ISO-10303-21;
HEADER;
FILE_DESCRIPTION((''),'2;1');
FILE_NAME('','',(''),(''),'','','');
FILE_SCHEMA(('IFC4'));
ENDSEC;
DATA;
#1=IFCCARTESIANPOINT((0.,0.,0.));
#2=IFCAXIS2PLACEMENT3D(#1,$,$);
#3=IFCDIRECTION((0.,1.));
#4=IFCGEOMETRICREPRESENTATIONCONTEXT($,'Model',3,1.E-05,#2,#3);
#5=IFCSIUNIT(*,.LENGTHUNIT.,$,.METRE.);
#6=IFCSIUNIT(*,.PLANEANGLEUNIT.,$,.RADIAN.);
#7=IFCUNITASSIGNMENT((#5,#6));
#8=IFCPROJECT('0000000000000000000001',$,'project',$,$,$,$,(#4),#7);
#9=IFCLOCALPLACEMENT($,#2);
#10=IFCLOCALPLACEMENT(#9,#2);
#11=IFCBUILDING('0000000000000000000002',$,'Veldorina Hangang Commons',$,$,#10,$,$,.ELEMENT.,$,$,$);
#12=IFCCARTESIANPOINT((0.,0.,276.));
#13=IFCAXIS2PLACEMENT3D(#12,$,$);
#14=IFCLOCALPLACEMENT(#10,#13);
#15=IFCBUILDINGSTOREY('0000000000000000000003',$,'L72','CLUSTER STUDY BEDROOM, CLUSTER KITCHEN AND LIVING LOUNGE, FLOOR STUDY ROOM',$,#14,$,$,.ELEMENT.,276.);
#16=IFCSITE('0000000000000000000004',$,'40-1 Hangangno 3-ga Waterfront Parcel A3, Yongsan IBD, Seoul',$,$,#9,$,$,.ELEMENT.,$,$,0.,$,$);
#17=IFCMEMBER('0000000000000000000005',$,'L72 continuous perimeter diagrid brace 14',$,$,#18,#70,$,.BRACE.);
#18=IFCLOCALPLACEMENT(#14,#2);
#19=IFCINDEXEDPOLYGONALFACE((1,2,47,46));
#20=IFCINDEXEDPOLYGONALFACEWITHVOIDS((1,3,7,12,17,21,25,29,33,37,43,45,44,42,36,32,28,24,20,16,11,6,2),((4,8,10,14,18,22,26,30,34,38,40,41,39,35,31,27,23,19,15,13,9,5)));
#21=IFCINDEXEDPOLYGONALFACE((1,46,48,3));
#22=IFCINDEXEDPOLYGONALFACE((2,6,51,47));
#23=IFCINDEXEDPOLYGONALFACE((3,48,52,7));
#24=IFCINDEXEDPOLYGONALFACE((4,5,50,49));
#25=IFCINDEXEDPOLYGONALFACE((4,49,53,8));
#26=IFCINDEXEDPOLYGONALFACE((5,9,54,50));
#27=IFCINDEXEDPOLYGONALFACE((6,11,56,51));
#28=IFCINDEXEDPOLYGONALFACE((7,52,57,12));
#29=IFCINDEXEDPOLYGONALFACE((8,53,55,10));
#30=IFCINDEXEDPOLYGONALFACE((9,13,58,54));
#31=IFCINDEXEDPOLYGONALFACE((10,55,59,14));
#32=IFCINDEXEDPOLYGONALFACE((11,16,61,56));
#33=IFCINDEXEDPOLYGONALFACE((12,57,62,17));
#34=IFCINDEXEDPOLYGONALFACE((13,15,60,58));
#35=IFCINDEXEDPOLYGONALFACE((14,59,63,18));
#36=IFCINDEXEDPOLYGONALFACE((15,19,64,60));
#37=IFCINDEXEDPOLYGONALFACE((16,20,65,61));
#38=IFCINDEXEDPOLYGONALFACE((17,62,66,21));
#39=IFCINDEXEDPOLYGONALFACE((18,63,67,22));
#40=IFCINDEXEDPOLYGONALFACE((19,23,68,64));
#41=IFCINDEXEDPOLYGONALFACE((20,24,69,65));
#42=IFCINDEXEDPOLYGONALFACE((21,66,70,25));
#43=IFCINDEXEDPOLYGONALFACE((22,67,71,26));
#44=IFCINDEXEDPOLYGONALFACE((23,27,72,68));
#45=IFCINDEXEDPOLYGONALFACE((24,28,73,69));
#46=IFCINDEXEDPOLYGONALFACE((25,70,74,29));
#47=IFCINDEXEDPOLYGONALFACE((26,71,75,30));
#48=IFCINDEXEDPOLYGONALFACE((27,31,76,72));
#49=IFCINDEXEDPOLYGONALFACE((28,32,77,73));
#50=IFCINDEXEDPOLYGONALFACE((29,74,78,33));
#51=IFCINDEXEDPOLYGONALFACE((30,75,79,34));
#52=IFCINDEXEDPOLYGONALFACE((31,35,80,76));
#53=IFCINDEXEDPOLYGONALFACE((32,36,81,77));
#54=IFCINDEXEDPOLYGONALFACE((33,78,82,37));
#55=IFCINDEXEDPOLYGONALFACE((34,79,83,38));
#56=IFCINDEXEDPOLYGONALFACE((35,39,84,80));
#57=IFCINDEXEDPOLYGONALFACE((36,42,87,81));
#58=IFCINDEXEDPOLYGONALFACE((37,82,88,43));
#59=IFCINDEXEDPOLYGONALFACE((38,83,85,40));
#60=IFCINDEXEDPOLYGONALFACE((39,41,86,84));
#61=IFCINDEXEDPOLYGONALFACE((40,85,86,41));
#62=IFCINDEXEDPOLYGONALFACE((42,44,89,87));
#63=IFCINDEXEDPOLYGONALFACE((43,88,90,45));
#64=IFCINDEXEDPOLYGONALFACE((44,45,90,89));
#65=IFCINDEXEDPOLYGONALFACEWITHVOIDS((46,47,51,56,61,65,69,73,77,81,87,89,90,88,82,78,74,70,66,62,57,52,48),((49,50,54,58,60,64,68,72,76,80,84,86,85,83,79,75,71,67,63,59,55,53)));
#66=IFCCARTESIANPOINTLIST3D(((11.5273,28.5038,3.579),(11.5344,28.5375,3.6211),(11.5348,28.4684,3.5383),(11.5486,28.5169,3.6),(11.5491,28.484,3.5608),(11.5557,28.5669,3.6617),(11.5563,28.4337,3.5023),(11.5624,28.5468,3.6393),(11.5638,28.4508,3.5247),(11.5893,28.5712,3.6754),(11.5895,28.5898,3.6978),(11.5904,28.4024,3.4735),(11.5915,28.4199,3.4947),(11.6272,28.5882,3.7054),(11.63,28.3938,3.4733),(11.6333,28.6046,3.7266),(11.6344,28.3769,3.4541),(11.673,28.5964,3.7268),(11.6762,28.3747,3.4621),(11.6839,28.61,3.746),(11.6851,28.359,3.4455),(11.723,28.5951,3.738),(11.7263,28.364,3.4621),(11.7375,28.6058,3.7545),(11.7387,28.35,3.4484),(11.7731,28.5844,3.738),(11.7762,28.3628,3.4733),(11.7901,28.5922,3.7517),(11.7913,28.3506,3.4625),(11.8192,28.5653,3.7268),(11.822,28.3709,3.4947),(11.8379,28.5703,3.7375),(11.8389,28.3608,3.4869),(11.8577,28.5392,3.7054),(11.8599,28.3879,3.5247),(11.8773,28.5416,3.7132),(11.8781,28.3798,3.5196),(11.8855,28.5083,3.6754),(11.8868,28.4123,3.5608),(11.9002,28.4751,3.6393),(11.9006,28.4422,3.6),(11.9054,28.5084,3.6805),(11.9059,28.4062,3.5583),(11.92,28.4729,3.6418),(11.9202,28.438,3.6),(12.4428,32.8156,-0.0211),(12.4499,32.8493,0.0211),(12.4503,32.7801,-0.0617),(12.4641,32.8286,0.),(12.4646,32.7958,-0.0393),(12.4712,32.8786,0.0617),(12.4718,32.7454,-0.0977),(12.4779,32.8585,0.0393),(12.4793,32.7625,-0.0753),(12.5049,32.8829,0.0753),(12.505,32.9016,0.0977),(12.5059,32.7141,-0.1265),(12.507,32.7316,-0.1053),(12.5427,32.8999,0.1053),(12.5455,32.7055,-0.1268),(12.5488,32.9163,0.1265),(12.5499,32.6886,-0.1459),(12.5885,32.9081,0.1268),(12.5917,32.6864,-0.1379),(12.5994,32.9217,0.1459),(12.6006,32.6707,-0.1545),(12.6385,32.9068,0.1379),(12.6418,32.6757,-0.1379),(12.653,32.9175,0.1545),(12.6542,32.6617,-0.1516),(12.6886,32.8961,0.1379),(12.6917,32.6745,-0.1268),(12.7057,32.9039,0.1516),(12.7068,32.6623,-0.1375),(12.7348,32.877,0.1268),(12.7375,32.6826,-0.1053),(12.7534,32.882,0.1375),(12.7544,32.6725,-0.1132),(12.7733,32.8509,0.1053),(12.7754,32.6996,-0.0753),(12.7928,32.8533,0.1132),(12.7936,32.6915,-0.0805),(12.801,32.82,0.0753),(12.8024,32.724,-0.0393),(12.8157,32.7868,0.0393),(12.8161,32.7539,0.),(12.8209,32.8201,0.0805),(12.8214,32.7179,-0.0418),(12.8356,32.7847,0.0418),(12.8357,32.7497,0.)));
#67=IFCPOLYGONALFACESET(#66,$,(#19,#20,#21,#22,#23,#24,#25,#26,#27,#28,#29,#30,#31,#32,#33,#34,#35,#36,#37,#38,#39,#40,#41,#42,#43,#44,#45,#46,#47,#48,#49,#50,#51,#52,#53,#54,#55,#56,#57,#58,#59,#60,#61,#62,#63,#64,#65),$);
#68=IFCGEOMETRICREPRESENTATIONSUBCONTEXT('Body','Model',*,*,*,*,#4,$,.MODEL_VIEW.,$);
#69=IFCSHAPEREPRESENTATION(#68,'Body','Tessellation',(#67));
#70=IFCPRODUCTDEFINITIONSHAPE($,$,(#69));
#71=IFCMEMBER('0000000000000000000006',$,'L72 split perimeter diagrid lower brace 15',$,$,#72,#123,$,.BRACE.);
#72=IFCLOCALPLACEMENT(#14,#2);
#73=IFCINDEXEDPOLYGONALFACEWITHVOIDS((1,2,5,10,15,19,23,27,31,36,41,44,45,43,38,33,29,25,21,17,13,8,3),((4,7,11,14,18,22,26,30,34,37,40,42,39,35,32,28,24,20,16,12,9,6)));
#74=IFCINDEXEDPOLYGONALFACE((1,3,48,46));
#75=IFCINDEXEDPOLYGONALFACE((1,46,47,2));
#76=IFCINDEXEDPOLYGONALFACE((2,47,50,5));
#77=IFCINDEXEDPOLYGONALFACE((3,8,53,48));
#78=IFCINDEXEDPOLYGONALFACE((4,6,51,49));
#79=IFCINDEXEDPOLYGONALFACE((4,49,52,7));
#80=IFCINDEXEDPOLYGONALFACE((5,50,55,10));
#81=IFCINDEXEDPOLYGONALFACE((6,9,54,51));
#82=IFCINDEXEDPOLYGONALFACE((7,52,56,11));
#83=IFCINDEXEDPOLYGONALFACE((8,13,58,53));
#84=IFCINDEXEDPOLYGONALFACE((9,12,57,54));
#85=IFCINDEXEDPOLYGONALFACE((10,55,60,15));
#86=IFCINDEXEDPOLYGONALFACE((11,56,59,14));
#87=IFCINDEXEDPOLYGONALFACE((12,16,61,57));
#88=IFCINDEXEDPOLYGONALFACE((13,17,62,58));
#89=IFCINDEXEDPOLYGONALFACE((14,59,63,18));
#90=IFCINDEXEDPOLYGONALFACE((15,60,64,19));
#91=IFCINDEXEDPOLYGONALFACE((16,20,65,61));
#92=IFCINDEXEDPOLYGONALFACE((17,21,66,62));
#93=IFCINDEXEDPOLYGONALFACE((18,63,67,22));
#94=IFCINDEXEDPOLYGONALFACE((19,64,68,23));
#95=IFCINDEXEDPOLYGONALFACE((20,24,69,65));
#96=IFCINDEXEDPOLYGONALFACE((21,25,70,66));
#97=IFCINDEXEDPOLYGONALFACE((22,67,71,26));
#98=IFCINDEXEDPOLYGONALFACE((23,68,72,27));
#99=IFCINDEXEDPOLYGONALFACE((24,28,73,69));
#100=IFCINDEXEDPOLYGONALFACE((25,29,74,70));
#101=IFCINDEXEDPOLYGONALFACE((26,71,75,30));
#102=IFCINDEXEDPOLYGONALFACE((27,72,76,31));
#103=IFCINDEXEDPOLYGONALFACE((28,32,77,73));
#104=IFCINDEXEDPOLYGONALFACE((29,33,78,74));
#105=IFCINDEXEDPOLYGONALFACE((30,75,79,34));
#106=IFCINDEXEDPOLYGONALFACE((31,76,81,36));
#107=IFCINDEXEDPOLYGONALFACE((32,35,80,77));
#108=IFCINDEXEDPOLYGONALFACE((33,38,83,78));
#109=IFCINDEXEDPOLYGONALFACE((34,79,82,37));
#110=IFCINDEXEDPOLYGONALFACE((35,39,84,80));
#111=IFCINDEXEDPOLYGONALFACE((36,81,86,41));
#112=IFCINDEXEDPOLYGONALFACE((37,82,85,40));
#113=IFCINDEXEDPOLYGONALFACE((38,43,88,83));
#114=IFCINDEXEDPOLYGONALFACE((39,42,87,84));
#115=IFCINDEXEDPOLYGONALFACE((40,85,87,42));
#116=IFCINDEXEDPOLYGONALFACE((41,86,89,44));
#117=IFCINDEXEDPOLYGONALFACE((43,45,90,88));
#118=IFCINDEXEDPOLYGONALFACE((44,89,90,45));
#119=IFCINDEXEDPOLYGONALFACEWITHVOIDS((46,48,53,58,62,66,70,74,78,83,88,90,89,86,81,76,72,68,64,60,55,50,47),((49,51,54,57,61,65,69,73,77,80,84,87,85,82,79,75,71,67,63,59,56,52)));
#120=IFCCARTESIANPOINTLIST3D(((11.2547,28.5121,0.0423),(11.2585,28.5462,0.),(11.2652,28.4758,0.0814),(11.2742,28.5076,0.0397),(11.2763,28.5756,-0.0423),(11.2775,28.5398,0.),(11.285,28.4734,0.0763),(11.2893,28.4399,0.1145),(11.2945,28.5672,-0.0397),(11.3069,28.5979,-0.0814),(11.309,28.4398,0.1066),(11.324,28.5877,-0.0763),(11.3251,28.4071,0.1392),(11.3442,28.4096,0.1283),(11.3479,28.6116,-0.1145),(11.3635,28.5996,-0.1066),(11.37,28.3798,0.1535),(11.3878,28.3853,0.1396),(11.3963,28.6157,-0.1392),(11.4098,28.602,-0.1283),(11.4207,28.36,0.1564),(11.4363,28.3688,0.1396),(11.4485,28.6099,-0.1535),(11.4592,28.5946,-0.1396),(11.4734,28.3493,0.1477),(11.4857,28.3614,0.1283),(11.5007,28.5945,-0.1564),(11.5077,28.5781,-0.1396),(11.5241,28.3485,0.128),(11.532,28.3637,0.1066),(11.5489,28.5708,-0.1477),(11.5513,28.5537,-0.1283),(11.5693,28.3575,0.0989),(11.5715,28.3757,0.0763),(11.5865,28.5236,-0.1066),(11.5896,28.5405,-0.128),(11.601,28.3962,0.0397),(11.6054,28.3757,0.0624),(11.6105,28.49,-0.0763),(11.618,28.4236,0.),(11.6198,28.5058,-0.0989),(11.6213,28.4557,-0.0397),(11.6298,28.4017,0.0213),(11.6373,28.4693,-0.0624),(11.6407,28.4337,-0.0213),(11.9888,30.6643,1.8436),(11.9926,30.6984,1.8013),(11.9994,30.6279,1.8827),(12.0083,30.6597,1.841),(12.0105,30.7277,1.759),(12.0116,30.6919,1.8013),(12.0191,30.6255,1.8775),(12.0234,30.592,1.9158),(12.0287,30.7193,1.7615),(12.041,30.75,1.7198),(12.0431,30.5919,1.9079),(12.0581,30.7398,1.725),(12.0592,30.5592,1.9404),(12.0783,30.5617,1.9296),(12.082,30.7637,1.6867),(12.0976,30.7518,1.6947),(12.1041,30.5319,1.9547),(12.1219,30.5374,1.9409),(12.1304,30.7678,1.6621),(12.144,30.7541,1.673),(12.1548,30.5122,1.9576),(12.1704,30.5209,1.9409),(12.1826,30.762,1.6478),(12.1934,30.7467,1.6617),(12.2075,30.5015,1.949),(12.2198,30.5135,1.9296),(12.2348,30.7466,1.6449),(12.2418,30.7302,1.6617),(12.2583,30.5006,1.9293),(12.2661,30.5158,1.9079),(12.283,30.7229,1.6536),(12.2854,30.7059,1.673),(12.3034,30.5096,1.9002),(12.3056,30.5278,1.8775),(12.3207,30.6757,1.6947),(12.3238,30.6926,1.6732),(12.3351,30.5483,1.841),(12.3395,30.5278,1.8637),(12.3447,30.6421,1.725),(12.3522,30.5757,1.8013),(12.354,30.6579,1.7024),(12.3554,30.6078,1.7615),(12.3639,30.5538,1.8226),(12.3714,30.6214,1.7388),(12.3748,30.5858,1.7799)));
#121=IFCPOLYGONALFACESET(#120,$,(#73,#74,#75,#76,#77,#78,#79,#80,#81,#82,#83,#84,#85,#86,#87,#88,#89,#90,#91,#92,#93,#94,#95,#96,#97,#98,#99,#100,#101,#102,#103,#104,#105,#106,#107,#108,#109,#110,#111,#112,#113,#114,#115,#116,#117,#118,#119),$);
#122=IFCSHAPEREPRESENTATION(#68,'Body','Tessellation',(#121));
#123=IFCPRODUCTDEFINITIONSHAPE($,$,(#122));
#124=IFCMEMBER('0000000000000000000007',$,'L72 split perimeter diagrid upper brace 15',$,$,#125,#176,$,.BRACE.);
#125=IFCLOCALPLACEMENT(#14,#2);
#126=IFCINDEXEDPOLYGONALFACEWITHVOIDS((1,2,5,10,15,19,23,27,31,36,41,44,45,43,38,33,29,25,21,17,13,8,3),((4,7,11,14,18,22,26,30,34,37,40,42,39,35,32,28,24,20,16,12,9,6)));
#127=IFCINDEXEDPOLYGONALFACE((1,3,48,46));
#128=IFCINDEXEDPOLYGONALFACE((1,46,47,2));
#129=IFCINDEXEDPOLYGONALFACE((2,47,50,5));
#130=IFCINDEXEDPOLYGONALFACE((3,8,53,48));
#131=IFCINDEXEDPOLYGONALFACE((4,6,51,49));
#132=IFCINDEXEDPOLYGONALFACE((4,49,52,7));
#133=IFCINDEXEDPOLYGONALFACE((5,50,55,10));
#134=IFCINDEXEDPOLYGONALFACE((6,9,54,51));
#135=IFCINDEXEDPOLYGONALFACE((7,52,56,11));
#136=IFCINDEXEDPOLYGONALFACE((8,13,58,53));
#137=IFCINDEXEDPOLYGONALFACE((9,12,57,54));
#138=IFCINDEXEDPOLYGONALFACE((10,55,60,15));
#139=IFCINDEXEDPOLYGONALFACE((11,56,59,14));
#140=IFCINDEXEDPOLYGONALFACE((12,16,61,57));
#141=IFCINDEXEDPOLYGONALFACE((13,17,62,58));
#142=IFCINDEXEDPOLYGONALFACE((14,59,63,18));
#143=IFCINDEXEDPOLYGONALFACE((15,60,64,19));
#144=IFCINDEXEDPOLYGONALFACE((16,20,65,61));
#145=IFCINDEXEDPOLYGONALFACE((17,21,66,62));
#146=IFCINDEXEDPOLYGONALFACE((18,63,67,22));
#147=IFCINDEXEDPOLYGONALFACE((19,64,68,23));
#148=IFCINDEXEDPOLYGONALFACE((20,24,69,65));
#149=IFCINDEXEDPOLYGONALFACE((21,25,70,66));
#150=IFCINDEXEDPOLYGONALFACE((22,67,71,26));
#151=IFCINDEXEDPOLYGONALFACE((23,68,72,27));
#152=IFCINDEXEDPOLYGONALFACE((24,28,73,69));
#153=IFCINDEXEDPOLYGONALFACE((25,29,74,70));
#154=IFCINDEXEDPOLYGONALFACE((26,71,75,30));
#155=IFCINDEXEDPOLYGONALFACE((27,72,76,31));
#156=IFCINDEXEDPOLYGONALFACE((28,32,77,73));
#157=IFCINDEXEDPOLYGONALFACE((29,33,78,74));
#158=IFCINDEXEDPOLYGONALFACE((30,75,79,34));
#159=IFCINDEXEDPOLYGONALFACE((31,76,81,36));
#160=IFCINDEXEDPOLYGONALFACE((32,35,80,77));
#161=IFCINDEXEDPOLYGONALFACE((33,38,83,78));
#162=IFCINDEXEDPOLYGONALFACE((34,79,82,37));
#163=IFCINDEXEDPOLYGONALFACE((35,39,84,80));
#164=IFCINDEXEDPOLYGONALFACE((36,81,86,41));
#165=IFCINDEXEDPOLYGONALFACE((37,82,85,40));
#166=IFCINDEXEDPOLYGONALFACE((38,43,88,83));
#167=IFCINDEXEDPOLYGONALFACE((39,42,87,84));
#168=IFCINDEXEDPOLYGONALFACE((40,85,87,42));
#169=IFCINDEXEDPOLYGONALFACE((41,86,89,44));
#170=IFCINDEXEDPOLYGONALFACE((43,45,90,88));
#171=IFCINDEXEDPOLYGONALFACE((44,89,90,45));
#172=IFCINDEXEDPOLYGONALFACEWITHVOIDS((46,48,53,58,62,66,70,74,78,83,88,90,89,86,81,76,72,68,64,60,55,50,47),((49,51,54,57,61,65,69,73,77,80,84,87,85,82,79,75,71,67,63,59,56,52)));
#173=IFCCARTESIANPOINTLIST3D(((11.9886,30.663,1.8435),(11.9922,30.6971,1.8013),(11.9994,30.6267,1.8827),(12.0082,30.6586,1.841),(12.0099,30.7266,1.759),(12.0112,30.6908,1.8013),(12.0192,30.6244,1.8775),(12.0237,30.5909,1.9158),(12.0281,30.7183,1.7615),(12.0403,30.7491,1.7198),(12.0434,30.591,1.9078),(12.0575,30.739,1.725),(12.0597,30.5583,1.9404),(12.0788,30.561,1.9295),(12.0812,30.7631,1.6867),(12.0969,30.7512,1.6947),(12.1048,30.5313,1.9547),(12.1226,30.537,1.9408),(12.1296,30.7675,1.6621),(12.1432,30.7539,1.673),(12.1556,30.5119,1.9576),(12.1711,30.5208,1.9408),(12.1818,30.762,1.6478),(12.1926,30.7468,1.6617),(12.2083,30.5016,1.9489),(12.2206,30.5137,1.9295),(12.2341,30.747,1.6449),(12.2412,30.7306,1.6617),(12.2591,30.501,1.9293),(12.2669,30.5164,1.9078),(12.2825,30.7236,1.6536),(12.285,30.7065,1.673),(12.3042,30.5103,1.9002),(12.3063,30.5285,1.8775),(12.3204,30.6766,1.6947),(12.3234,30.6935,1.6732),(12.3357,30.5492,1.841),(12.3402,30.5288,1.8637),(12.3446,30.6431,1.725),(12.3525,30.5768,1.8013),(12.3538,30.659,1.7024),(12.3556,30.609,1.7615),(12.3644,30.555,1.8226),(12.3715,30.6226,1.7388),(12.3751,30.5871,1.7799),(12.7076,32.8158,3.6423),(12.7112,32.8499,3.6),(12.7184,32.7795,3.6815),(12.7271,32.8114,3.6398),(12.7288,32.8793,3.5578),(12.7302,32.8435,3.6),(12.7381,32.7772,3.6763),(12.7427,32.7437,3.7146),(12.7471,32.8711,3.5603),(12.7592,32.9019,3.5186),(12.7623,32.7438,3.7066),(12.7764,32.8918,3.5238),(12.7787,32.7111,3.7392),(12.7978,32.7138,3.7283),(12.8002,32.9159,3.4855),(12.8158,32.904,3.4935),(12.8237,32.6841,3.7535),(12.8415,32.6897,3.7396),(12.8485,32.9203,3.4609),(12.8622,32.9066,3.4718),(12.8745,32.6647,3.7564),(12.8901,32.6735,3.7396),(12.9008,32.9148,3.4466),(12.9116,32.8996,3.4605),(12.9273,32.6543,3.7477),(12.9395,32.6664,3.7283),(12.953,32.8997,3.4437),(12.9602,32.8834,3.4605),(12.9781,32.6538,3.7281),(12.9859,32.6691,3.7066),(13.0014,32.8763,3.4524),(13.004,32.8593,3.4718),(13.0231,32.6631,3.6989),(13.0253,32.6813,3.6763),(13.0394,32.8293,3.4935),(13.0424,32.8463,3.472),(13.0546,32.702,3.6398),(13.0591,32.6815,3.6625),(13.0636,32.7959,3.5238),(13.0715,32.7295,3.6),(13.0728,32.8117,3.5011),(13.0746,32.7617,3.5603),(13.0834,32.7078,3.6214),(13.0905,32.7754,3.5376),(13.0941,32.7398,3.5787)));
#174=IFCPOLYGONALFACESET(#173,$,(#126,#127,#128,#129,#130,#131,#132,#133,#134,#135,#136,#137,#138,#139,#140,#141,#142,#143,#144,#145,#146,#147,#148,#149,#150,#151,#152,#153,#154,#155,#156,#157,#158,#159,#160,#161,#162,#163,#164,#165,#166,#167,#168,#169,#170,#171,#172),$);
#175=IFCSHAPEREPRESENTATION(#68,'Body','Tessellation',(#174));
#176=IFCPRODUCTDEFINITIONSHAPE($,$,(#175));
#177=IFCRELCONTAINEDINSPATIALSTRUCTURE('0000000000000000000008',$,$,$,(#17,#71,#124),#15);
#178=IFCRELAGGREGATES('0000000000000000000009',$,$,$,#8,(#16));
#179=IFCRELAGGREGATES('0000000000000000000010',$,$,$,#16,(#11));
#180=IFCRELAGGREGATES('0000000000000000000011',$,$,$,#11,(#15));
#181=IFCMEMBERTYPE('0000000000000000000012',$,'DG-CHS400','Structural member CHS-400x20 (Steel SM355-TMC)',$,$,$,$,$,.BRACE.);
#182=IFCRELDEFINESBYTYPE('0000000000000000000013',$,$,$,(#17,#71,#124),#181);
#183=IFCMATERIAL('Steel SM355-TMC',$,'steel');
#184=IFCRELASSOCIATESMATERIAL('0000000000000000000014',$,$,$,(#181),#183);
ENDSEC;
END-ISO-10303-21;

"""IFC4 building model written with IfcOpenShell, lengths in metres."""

from ifc_helpers import new_model, si_unit, direction, frame, origin, origin_2d, place, context, subcontext, project, spatial, hollow_circle, extrude, material, material_profile, profile_set, type_object, element, save


model = new_model("IFC4")

# Units and contexts
model_context = context("Model", 3, precision=1e-05, world=origin(), true_north=direction((0.0, 1.0)))
body_context = subcontext(model_context, "Body", "Model", "MODEL_VIEW")
ifc_project = project(units=[si_unit("LENGTHUNIT", "METRE"), si_unit("PLANEANGLEUNIT", "RADIAN")], contexts=[model_context])

# Site, building, storey
site_placement = place(None, origin())
site = spatial("IfcSite", under=ifc_project, at=site_placement, Name="40-1 Hangangno 3-ga Waterfront Parcel A3, Yongsan IBD, Seoul", CompositionType="ELEMENT", RefElevation=0.0)
building_placement = place(site_placement, origin())
building = spatial("IfcBuilding", under=site, at=building_placement, Name="Veldorina Hangang Commons", CompositionType="ELEMENT")
storey_placement = place(building_placement, frame((0.0, 0.0, 276.0)))
storey = spatial("IfcBuildingStorey", under=building, at=storey_placement, Name="L72", Description="CLUSTER STUDY BEDROOM, CLUSTER KITCHEN AND LIVING LOUNGE, FLOOR STUDY ROOM", CompositionType="ELEMENT", Elevation=276.0)

# Shared definitions
ifc_material_1 = material(Name="Steel SM355-TMC", Category="steel")

# Members
ifc_material_profile_1 = material_profile(ifc_material_1, hollow_circle(Radius=0.2, WallThickness=0.02, at=origin_2d()), Name="CHS-400x20")
ifc_profile_set_1 = profile_set([ifc_material_profile_1], Name="Steel SM355-TMC")
member_type_1 = type_object("IfcMemberType", Name="DG-CHS400", Description="Structural member CHS-400x20 (Steel SM355-TMC)", PredefinedType="BRACE", material=ifc_profile_set_1)
member_1_placement = place(storey_placement, frame((12.6401, 32.7913, 0.0), z_axis=(-0.160866, -0.757615, 0.632568), x_axis=(0.978192, -0.207702, 0.0)))
element("IfcMember", 1, at=member_1_placement, inside=storey, type_object=member_type_1, Name="L72 continuous perimeter diagrid brace 14", PredefinedType="BRACE", context=body_context, shape_type="SweptSolid", body=[
    extrude(hollow_circle(Radius=0.2, WallThickness=0.02, at=origin_2d()), origin(), (0.0, 0.0, 1.0), 5.6912),
])
member_2_placement = place(storey_placement, frame((11.4478, 28.4817, 0.0), z_axis=(0.253073, 0.74188, 0.620941), x_axis=(-0.946448, 0.322855, 0.0)))
element("IfcMember", 2, at=member_2_placement, inside=storey, type_object=member_type_1, Name="L72 split perimeter diagrid lower brace 15", PredefinedType="BRACE", context=body_context, shape_type="SweptSolid", body=[
    extrude(hollow_circle(Radius=0.2, WallThickness=0.02, at=origin_2d()), origin(), (0.0, 0.0, 1.0), 2.9009),
])
member_3_placement = place(storey_placement, frame((12.1819, 30.6338, 1.8013), z_axis=(0.248263, 0.743354, 0.62112), x_axis=(-0.9485, 0.316776, 0.0)))
element("IfcMember", 3, at=member_3_placement, inside=storey, type_object=member_type_1, Name="L72 split perimeter diagrid upper brace 15", PredefinedType="BRACE", context=body_context, shape_type="SweptSolid", body=[
    extrude(hollow_circle(Radius=0.2, WallThickness=0.02, at=origin_2d()), origin(), (0.0, 0.0, 1.0), 2.896),
])

save(model, "model.ifc")
